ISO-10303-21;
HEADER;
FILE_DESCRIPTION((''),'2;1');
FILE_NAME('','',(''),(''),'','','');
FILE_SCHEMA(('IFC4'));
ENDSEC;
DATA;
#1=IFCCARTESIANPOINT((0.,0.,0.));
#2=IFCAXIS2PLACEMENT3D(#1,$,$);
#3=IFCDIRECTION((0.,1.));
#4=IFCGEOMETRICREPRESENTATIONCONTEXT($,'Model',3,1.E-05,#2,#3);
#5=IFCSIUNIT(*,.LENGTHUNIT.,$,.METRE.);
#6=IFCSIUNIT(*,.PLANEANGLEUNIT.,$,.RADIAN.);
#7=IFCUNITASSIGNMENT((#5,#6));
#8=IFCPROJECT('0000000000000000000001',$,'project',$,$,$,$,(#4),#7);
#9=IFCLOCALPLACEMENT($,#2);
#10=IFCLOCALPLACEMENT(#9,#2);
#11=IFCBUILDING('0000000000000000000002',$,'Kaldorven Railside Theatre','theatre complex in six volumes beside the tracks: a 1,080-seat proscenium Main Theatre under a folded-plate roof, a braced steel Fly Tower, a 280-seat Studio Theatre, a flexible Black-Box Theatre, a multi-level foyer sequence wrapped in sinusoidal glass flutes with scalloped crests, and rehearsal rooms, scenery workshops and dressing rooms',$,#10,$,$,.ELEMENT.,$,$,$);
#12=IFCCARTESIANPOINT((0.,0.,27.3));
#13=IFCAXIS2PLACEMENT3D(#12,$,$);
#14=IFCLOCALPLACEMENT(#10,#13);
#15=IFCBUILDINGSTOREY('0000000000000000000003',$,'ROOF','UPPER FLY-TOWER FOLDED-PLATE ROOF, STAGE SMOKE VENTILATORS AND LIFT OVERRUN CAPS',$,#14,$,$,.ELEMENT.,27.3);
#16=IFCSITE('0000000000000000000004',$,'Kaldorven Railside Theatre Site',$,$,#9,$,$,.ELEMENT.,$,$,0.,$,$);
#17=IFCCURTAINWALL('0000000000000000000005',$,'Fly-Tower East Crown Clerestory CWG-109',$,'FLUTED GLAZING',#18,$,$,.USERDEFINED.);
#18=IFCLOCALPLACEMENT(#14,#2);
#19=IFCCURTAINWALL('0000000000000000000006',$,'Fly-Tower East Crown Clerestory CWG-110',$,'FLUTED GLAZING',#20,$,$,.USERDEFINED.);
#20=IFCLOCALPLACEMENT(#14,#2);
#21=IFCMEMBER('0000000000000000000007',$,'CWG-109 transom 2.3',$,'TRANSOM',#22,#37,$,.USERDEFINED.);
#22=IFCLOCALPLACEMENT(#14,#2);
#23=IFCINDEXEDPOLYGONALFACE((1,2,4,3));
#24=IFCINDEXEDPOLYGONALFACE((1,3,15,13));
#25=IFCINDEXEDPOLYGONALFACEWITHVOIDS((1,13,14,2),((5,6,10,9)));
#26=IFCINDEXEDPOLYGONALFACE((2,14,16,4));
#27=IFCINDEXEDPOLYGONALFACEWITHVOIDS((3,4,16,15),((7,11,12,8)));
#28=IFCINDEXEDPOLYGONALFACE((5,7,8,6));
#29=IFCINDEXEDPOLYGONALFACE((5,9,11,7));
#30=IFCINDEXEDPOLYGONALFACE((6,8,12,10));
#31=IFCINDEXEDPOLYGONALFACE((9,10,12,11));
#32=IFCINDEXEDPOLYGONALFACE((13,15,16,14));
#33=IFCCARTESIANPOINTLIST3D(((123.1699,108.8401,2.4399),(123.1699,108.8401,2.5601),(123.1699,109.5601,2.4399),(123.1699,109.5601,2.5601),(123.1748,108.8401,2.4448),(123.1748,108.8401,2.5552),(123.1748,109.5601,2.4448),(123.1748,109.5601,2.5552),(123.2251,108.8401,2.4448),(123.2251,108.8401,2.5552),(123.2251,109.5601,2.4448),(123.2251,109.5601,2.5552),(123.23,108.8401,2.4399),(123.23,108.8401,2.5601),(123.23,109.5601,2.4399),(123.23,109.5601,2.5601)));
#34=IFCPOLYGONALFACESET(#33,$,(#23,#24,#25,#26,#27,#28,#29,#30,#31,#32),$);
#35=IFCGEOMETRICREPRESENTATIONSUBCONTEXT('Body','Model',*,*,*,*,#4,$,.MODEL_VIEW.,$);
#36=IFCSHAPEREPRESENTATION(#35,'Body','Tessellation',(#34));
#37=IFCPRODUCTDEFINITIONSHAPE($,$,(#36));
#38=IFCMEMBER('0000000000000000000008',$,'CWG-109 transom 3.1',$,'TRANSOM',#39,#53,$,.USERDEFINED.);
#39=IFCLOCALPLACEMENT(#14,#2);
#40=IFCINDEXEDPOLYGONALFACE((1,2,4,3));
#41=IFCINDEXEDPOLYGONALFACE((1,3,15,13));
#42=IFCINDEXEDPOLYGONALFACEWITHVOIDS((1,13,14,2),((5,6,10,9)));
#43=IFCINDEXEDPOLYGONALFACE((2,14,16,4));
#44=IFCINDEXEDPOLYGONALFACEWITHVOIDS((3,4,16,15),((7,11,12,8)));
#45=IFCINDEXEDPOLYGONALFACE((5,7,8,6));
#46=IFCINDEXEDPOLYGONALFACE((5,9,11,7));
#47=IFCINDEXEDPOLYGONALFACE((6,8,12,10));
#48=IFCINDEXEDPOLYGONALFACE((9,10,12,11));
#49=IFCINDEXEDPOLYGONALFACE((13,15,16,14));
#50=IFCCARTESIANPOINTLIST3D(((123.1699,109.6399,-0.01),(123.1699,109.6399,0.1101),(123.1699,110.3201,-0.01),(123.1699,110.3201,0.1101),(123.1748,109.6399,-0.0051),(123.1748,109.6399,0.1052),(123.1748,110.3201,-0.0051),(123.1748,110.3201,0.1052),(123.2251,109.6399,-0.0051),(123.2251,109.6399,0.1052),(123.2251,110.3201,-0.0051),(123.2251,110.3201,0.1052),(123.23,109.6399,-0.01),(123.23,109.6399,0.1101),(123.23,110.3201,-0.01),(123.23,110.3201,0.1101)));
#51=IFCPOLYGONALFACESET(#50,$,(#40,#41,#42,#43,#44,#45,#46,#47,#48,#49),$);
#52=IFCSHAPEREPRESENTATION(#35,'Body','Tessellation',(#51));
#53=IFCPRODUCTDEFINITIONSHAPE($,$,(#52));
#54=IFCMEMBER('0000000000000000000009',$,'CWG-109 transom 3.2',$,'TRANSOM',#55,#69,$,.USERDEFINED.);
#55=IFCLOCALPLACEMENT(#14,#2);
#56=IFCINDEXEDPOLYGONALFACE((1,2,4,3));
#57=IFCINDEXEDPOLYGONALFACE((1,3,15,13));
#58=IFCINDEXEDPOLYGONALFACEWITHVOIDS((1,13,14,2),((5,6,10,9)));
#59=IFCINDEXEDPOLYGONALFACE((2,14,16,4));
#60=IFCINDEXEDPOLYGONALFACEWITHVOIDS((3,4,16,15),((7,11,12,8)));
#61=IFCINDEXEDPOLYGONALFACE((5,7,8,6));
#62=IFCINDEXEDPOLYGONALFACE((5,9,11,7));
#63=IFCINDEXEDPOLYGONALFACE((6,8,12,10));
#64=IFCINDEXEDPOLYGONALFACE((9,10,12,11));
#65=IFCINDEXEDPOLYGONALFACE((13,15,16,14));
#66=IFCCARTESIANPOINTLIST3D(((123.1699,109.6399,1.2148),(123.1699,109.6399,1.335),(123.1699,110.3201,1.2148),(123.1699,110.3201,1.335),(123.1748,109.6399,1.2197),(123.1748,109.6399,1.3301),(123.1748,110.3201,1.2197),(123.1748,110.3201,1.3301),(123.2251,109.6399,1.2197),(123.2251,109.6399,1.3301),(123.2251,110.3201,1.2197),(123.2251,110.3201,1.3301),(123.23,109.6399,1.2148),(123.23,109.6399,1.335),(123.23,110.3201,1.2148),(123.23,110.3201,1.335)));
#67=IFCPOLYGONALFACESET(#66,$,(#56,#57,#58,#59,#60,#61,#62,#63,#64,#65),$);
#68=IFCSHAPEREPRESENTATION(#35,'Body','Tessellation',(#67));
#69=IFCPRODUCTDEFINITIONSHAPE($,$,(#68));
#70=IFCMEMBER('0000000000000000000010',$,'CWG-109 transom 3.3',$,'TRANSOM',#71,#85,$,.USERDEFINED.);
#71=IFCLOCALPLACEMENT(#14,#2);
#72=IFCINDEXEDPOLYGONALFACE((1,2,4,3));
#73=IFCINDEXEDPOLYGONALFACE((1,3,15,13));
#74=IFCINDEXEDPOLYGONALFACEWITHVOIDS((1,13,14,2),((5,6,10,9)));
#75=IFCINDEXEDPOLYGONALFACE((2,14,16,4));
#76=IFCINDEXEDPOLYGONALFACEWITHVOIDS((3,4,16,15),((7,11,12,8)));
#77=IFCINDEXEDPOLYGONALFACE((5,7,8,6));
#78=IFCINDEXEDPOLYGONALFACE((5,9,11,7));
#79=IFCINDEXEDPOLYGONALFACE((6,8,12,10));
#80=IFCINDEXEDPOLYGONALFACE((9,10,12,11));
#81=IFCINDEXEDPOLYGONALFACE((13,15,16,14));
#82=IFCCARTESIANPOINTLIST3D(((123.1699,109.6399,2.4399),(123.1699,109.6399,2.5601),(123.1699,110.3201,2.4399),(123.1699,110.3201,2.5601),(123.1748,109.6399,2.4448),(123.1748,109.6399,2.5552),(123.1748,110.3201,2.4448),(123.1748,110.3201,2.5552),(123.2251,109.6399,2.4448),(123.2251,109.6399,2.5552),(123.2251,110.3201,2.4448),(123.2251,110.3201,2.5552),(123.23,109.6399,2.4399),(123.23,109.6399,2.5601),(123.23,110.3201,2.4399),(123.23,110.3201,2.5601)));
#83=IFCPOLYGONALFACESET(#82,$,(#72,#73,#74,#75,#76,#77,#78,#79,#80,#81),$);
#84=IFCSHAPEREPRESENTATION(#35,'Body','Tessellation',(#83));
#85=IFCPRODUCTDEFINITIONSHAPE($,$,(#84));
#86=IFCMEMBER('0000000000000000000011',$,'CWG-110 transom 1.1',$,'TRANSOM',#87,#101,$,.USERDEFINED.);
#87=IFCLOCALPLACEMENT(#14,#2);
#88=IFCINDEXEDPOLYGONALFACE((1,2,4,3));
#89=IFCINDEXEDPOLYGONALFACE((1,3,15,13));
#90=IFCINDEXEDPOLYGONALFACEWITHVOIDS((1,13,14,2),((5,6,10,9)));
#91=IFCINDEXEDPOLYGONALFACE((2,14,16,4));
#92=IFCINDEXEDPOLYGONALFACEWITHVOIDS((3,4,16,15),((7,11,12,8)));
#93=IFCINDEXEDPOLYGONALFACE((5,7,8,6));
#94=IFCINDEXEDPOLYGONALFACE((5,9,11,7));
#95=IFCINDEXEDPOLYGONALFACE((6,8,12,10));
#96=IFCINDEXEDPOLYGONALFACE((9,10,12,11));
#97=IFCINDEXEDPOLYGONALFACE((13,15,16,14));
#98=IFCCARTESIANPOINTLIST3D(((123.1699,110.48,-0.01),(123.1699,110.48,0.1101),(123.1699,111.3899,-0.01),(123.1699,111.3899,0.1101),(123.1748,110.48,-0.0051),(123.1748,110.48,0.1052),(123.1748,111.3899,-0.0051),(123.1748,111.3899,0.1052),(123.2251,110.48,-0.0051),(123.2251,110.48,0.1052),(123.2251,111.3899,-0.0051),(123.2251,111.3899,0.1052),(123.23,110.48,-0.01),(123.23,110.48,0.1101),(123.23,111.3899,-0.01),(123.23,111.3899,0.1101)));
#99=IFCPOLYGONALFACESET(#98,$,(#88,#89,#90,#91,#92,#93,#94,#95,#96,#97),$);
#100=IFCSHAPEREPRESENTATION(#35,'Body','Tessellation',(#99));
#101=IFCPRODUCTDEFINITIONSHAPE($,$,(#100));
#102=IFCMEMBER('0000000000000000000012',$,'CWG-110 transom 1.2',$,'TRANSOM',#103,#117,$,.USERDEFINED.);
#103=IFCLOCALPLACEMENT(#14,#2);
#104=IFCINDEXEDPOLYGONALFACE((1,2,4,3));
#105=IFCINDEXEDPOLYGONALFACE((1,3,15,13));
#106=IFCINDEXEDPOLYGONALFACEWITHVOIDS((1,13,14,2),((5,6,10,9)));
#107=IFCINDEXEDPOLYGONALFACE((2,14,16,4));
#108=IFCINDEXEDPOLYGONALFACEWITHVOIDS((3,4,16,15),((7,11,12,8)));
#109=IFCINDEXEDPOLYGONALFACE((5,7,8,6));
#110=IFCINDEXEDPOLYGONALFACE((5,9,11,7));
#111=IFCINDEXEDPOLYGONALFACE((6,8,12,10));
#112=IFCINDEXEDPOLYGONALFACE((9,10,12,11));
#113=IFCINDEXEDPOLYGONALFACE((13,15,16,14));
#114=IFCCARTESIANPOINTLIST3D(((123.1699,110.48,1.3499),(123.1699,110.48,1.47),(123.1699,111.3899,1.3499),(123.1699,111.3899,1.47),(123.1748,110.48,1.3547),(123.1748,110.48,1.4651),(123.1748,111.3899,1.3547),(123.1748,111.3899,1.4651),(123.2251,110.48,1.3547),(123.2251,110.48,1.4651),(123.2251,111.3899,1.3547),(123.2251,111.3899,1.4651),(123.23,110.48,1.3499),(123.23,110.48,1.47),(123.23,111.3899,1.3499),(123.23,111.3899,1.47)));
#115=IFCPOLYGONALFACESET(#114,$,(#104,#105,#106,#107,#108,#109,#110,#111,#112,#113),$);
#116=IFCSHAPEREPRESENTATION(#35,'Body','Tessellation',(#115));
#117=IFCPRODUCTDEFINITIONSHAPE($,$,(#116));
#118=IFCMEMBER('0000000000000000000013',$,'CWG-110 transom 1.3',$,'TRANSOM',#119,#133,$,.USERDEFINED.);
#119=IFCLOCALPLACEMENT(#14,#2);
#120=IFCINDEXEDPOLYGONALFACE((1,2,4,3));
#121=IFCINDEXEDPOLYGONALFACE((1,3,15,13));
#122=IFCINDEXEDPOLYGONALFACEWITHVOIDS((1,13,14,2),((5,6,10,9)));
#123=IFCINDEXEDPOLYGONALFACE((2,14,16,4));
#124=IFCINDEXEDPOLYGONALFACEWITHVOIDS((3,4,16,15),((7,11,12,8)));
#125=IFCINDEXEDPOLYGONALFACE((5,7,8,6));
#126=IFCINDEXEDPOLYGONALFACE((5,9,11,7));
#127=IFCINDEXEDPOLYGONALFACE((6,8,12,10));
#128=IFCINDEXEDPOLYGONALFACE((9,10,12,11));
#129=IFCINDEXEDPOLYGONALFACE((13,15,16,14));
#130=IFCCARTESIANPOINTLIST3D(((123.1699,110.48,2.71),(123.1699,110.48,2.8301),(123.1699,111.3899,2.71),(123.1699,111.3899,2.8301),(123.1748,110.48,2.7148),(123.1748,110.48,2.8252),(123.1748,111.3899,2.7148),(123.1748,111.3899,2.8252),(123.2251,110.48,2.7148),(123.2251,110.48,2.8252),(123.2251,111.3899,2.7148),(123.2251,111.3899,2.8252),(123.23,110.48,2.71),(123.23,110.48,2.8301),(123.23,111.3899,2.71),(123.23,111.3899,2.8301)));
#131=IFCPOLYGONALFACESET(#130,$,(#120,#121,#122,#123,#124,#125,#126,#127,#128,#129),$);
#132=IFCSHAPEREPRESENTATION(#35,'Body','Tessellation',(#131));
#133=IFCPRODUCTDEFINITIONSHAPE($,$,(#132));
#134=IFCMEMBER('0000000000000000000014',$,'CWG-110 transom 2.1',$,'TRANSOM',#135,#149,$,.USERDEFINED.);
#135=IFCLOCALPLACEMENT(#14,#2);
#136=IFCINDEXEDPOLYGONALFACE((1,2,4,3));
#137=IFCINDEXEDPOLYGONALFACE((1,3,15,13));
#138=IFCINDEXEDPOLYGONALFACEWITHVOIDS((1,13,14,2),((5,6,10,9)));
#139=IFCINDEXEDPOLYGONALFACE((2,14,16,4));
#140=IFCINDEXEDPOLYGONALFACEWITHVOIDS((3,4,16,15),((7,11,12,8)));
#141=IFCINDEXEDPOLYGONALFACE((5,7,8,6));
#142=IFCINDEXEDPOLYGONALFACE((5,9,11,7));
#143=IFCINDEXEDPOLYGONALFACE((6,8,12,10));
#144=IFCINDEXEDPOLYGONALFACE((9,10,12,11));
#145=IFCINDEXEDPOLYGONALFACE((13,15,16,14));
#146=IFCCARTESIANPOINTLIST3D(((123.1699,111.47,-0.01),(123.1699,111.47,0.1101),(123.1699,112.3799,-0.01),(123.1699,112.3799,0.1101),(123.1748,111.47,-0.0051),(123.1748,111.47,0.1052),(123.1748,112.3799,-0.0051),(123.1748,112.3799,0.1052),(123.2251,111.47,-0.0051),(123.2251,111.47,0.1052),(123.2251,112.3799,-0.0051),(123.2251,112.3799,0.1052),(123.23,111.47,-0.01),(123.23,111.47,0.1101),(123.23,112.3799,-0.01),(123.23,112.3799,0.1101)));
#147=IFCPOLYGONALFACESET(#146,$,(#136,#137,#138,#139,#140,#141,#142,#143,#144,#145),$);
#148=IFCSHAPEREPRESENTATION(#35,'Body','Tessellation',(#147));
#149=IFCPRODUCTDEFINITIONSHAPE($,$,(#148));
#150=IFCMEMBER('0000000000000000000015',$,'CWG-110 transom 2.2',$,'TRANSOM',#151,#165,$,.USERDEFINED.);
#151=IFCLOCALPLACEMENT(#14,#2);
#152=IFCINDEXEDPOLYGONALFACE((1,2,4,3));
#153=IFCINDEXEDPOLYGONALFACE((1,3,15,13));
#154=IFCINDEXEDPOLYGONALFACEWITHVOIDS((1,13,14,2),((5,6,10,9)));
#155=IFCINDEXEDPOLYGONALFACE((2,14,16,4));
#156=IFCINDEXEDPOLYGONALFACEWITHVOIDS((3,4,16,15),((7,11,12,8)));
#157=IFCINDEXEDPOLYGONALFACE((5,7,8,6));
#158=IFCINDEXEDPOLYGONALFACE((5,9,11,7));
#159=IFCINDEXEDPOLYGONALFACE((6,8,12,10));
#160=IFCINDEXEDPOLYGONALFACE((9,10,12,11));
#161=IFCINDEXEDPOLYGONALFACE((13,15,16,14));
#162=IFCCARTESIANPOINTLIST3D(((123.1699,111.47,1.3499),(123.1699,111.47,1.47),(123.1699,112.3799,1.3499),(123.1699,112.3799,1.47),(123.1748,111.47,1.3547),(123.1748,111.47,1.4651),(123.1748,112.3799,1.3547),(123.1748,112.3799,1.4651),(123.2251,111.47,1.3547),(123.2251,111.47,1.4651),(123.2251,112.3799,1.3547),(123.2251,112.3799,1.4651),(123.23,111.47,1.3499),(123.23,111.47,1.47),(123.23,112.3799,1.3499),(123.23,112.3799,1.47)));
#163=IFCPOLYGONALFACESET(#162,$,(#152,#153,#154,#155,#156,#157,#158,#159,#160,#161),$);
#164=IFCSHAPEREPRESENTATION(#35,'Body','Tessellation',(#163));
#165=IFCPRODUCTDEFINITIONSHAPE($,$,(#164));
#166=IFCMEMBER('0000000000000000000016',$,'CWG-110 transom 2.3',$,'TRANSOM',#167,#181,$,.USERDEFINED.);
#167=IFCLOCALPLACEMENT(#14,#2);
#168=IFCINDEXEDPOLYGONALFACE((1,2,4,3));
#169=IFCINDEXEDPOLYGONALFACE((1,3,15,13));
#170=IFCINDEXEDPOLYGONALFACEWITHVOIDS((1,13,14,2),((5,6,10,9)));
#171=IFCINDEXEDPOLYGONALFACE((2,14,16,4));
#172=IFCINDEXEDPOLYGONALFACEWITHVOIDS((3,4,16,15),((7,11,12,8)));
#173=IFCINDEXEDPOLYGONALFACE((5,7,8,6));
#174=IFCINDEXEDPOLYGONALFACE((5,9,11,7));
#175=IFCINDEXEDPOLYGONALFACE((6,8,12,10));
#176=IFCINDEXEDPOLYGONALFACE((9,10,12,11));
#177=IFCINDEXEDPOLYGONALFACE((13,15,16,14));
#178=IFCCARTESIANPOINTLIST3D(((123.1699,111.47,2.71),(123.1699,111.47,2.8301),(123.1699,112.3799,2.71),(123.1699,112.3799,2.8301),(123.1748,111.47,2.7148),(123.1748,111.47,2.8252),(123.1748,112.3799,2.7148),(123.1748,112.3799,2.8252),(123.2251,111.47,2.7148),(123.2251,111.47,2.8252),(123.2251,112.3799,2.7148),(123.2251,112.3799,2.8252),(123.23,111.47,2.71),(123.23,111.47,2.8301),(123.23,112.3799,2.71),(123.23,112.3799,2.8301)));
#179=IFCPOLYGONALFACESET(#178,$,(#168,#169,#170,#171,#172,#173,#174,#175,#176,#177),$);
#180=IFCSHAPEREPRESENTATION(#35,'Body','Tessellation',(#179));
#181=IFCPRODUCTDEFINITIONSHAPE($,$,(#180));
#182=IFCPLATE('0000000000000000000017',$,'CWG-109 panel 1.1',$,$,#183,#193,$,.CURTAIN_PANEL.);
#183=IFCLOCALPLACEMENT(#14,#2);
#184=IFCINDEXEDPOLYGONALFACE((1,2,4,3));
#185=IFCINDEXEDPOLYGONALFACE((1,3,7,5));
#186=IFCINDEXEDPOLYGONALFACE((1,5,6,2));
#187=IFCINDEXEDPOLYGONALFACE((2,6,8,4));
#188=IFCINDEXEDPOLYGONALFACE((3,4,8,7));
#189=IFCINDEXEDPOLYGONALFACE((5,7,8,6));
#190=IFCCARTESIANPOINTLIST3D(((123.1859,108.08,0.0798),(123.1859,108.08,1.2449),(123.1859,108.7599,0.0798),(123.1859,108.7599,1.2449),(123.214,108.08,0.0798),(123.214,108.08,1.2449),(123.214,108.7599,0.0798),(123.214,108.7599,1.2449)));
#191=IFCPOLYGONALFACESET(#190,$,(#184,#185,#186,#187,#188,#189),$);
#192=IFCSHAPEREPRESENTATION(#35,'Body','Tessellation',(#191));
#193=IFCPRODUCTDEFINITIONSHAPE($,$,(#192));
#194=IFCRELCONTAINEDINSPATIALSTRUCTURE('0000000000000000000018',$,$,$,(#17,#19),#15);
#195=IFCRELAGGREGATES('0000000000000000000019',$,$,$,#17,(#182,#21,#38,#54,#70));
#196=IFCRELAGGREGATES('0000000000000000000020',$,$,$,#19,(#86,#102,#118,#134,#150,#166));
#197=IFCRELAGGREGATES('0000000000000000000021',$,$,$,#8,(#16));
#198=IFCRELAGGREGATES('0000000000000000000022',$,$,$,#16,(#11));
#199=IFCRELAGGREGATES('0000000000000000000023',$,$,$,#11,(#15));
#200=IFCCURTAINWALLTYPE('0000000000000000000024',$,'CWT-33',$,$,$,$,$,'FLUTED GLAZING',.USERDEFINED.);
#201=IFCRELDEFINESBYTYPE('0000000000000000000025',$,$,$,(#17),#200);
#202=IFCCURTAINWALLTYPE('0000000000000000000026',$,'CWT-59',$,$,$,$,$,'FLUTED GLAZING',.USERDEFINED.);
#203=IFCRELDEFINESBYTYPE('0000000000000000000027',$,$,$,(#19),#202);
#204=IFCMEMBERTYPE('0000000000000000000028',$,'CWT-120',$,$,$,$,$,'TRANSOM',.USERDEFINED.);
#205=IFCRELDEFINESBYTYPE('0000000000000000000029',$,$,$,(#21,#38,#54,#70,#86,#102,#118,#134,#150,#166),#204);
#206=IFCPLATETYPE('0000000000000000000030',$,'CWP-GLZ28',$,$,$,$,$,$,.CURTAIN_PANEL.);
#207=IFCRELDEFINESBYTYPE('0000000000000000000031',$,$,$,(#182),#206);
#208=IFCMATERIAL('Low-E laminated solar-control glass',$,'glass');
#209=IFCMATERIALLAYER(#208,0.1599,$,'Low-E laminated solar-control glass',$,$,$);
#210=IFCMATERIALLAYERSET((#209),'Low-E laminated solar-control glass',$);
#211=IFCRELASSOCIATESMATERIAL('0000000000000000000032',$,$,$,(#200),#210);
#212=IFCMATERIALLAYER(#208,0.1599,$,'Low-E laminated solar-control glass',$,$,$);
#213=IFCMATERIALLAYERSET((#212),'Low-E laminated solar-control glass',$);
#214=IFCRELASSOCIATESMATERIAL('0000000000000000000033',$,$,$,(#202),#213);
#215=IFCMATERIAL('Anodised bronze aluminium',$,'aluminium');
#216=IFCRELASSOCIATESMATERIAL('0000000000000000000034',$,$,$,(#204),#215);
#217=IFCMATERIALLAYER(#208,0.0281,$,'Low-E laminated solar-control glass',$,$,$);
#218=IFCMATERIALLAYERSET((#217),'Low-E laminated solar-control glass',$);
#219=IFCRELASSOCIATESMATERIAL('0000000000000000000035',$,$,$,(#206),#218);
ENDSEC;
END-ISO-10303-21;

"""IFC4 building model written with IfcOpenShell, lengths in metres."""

from ifc_helpers import new_model, si_unit, direction, frame, origin, origin_2d, place, context, subcontext, project, spatial, rectangle, hollow_rectangle, extrude, material, layer, layer_set, material_profile, profile_set, type_object, element, aggregate, save


model = new_model("IFC4")

# Units and contexts
model_context = context("Model", 3, precision=1e-05, world=origin(), true_north=direction((0.0, 1.0)))
body_context = subcontext(model_context, "Body", "Model", "MODEL_VIEW")
ifc_project = project(units=[si_unit("LENGTHUNIT", "METRE"), si_unit("PLANEANGLEUNIT", "RADIAN")], contexts=[model_context])

# Site, building, storey
site_placement = place(None, origin())
site = spatial("IfcSite", under=ifc_project, at=site_placement, Name="Kaldorven Railside Theatre Site", CompositionType="ELEMENT", RefElevation=0.0)
building_placement = place(site_placement, origin())
building = spatial("IfcBuilding", under=site, at=building_placement, Name="Kaldorven Railside Theatre", Description="theatre complex in six volumes beside the tracks: a 1,080-seat proscenium Main Theatre under a folded-plate roof, a braced steel Fly Tower, a 280-seat Studio Theatre, a flexible Black-Box Theatre, a multi-level foyer sequence wrapped in sinusoidal glass flutes with scalloped crests, and rehearsal rooms, scenery workshops and dressing rooms", CompositionType="ELEMENT")
storey_placement = place(building_placement, frame((0.0, 0.0, 27.3)))
storey = spatial("IfcBuildingStorey", under=building, at=storey_placement, Name="ROOF", Description="UPPER FLY-TOWER FOLDED-PLATE ROOF, STAGE SMOKE VENTILATORS AND LIFT OVERRUN CAPS", CompositionType="ELEMENT", Elevation=27.3)

# Curtain walls
ifc_material_1 = material(Name="Low-E laminated solar-control glass", Category="glass")
ifc_layer_1 = layer(ifc_material_1, 0.1599, Name="Low-E laminated solar-control glass")
ifc_layer_set_1 = layer_set([ifc_layer_1], Name="Low-E laminated solar-control glass")
curtain_wall_type_1 = type_object("IfcCurtainWallType", Name="CWT-33", ElementType="FLUTED GLAZING", PredefinedType="USERDEFINED", material=ifc_layer_set_1)
curtain_wall_1_placement = place(storey_placement, origin())
curtain_wall_1 = element("IfcCurtainWall", 1, at=curtain_wall_1_placement, inside=storey, type_object=curtain_wall_type_1, Name="Fly-Tower East Crown Clerestory CWG-109", ObjectType="FLUTED GLAZING", PredefinedType="USERDEFINED")
ifc_material_2 = material(Name="Anodised bronze aluminium", Category="aluminium")
ifc_layer_2 = layer(ifc_material_1, 0.1599, Name="Low-E laminated solar-control glass")
ifc_layer_set_2 = layer_set([ifc_layer_2], Name="Low-E laminated solar-control glass")
curtain_wall_type_2 = type_object("IfcCurtainWallType", Name="CWT-59", ElementType="FLUTED GLAZING", PredefinedType="USERDEFINED", material=ifc_layer_set_2)
curtain_wall_2_placement = place(storey_placement, origin())
curtain_wall_2 = element("IfcCurtainWall", 2, at=curtain_wall_2_placement, inside=storey, type_object=curtain_wall_type_2, Name="Fly-Tower East Crown Clerestory CWG-110", ObjectType="FLUTED GLAZING", PredefinedType="USERDEFINED")

# Members
ifc_material_profile_1 = material_profile(ifc_material_2, hollow_rectangle(XDim=0.0601, YDim=0.1201, WallThickness=0.0049, at=origin_2d()), Name="RHS 120x60x5")
ifc_profile_set_1 = profile_set([ifc_material_profile_1], Name="Anodised bronze aluminium")
member_type_1 = type_object("IfcMemberType", Name="CWT-120", ElementType="TRANSOM", PredefinedType="USERDEFINED", material=ifc_profile_set_1)
member_1_placement = place(storey_placement, frame((123.2, 108.8401, 2.5), z_axis=(0.0, 1.0, 0.0), x_axis=(-1.0, 0.0, 0.0)))
member_1 = element("IfcMember", 3, at=member_1_placement, type_object=member_type_1, Name="CWG-109 transom 2.3", ObjectType="TRANSOM", PredefinedType="USERDEFINED", context=body_context, shape_type="SweptSolid", body=[
    extrude(hollow_rectangle(XDim=0.0601, YDim=0.1201, WallThickness=0.0049, at=origin_2d()), origin(), (0.0, 0.0, 1.0), 0.72),
])
member_2_placement = place(storey_placement, frame((123.2, 109.6399, 0.05), z_axis=(0.0, 1.0, 0.0), x_axis=(-1.0, 0.0, 0.0)))
member_2 = element("IfcMember", 4, at=member_2_placement, type_object=member_type_1, Name="CWG-109 transom 3.1", ObjectType="TRANSOM", PredefinedType="USERDEFINED", context=body_context, shape_type="SweptSolid", body=[
    extrude(hollow_rectangle(XDim=0.0601, YDim=0.1201, WallThickness=0.0049, at=origin_2d()), origin(), (0.0, 0.0, 1.0), 0.6802),
])
member_3_placement = place(storey_placement, frame((123.2, 109.6399, 1.2749), z_axis=(0.0, 1.0, 0.0), x_axis=(-1.0, 0.0, 0.0)))
member_3 = element("IfcMember", 5, at=member_3_placement, type_object=member_type_1, Name="CWG-109 transom 3.2", ObjectType="TRANSOM", PredefinedType="USERDEFINED", context=body_context, shape_type="SweptSolid", body=[
    extrude(hollow_rectangle(XDim=0.0601, YDim=0.1201, WallThickness=0.0049, at=origin_2d()), origin(), (0.0, 0.0, 1.0), 0.6802),
])
member_4_placement = place(storey_placement, frame((123.2, 109.6399, 2.5), z_axis=(0.0, 1.0, 0.0), x_axis=(-1.0, 0.0, 0.0)))
member_4 = element("IfcMember", 6, at=member_4_placement, type_object=member_type_1, Name="CWG-109 transom 3.3", ObjectType="TRANSOM", PredefinedType="USERDEFINED", context=body_context, shape_type="SweptSolid", body=[
    extrude(hollow_rectangle(XDim=0.0601, YDim=0.1201, WallThickness=0.0049, at=origin_2d()), origin(), (0.0, 0.0, 1.0), 0.6802),
])
member_5_placement = place(storey_placement, frame((123.2, 110.48, 0.05), z_axis=(0.0, 1.0, 0.0), x_axis=(-1.0, 0.0, 0.0)))
member_5 = element("IfcMember", 7, at=member_5_placement, type_object=member_type_1, Name="CWG-110 transom 1.1", ObjectType="TRANSOM", PredefinedType="USERDEFINED", context=body_context, shape_type="SweptSolid", body=[
    extrude(hollow_rectangle(XDim=0.0601, YDim=0.1201, WallThickness=0.0049, at=origin_2d()), origin(), (0.0, 0.0, 1.0), 0.9099),
])
member_6_placement = place(storey_placement, frame((123.2, 110.48, 1.4099), z_axis=(0.0, 1.0, 0.0), x_axis=(-1.0, 0.0, 0.0)))
member_6 = element("IfcMember", 8, at=member_6_placement, type_object=member_type_1, Name="CWG-110 transom 1.2", ObjectType="TRANSOM", PredefinedType="USERDEFINED", context=body_context, shape_type="SweptSolid", body=[
    extrude(hollow_rectangle(XDim=0.0601, YDim=0.1201, WallThickness=0.0049, at=origin_2d()), origin(), (0.0, 0.0, 1.0), 0.9099),
])
member_7_placement = place(storey_placement, frame((123.2, 110.48, 2.77), z_axis=(0.0, 1.0, 0.0), x_axis=(-1.0, 0.0, 0.0)))
member_7 = element("IfcMember", 9, at=member_7_placement, type_object=member_type_1, Name="CWG-110 transom 1.3", ObjectType="TRANSOM", PredefinedType="USERDEFINED", context=body_context, shape_type="SweptSolid", body=[
    extrude(hollow_rectangle(XDim=0.0601, YDim=0.1201, WallThickness=0.0049, at=origin_2d()), origin(), (0.0, 0.0, 1.0), 0.9099),
])
member_8_placement = place(storey_placement, frame((123.2, 111.47, 0.05), z_axis=(0.0, 1.0, 0.0), x_axis=(-1.0, 0.0, 0.0)))
member_8 = element("IfcMember", 10, at=member_8_placement, type_object=member_type_1, Name="CWG-110 transom 2.1", ObjectType="TRANSOM", PredefinedType="USERDEFINED", context=body_context, shape_type="SweptSolid", body=[
    extrude(hollow_rectangle(XDim=0.0601, YDim=0.1201, WallThickness=0.0049, at=origin_2d()), origin(), (0.0, 0.0, 1.0), 0.9099),
])
member_9_placement = place(storey_placement, frame((123.2, 111.47, 1.4099), z_axis=(0.0, 1.0, 0.0), x_axis=(-1.0, 0.0, 0.0)))
member_9 = element("IfcMember", 11, at=member_9_placement, type_object=member_type_1, Name="CWG-110 transom 2.2", ObjectType="TRANSOM", PredefinedType="USERDEFINED", context=body_context, shape_type="SweptSolid", body=[
    extrude(hollow_rectangle(XDim=0.0601, YDim=0.1201, WallThickness=0.0049, at=origin_2d()), origin(), (0.0, 0.0, 1.0), 0.9099),
])
member_10_placement = place(storey_placement, frame((123.2, 111.47, 2.77), z_axis=(0.0, 1.0, 0.0), x_axis=(-1.0, 0.0, 0.0)))
member_10 = element("IfcMember", 12, at=member_10_placement, type_object=member_type_1, Name="CWG-110 transom 2.3", ObjectType="TRANSOM", PredefinedType="USERDEFINED", context=body_context, shape_type="SweptSolid", body=[
    extrude(hollow_rectangle(XDim=0.0601, YDim=0.1201, WallThickness=0.0049, at=origin_2d()), origin(), (0.0, 0.0, 1.0), 0.9099),
])

# Plate
ifc_layer_3 = layer(ifc_material_1, 0.0281, Name="Low-E laminated solar-control glass")
ifc_layer_set_3 = layer_set([ifc_layer_3], Name="Low-E laminated solar-control glass")
plate_type = type_object("IfcPlateType", Name="CWP-GLZ28", PredefinedType="CURTAIN_PANEL", material=ifc_layer_set_3)
plate_1_placement = place(storey_placement, frame((123.2, 108.4199, 0.0798), z_axis=(0.0, 0.0, 1.0), x_axis=(0.0, 1.0, 0.0)))
plate_1 = element("IfcPlate", 13, at=plate_1_placement, type_object=plate_type, Name="CWG-109 panel 1.1", PredefinedType="CURTAIN_PANEL", context=body_context, shape_type="SweptSolid", body=[
    extrude(rectangle(XDim=0.6799, YDim=0.0281, at=origin_2d()), origin(), (0.0, 0.0, 1.0), 1.165),
])
aggregate(curtain_wall_1, [plate_1, member_1, member_2, member_3, member_4])
aggregate(curtain_wall_2, [member_5, member_6, member_7, member_8, member_9, member_10])

save(model, "model.ifc")
